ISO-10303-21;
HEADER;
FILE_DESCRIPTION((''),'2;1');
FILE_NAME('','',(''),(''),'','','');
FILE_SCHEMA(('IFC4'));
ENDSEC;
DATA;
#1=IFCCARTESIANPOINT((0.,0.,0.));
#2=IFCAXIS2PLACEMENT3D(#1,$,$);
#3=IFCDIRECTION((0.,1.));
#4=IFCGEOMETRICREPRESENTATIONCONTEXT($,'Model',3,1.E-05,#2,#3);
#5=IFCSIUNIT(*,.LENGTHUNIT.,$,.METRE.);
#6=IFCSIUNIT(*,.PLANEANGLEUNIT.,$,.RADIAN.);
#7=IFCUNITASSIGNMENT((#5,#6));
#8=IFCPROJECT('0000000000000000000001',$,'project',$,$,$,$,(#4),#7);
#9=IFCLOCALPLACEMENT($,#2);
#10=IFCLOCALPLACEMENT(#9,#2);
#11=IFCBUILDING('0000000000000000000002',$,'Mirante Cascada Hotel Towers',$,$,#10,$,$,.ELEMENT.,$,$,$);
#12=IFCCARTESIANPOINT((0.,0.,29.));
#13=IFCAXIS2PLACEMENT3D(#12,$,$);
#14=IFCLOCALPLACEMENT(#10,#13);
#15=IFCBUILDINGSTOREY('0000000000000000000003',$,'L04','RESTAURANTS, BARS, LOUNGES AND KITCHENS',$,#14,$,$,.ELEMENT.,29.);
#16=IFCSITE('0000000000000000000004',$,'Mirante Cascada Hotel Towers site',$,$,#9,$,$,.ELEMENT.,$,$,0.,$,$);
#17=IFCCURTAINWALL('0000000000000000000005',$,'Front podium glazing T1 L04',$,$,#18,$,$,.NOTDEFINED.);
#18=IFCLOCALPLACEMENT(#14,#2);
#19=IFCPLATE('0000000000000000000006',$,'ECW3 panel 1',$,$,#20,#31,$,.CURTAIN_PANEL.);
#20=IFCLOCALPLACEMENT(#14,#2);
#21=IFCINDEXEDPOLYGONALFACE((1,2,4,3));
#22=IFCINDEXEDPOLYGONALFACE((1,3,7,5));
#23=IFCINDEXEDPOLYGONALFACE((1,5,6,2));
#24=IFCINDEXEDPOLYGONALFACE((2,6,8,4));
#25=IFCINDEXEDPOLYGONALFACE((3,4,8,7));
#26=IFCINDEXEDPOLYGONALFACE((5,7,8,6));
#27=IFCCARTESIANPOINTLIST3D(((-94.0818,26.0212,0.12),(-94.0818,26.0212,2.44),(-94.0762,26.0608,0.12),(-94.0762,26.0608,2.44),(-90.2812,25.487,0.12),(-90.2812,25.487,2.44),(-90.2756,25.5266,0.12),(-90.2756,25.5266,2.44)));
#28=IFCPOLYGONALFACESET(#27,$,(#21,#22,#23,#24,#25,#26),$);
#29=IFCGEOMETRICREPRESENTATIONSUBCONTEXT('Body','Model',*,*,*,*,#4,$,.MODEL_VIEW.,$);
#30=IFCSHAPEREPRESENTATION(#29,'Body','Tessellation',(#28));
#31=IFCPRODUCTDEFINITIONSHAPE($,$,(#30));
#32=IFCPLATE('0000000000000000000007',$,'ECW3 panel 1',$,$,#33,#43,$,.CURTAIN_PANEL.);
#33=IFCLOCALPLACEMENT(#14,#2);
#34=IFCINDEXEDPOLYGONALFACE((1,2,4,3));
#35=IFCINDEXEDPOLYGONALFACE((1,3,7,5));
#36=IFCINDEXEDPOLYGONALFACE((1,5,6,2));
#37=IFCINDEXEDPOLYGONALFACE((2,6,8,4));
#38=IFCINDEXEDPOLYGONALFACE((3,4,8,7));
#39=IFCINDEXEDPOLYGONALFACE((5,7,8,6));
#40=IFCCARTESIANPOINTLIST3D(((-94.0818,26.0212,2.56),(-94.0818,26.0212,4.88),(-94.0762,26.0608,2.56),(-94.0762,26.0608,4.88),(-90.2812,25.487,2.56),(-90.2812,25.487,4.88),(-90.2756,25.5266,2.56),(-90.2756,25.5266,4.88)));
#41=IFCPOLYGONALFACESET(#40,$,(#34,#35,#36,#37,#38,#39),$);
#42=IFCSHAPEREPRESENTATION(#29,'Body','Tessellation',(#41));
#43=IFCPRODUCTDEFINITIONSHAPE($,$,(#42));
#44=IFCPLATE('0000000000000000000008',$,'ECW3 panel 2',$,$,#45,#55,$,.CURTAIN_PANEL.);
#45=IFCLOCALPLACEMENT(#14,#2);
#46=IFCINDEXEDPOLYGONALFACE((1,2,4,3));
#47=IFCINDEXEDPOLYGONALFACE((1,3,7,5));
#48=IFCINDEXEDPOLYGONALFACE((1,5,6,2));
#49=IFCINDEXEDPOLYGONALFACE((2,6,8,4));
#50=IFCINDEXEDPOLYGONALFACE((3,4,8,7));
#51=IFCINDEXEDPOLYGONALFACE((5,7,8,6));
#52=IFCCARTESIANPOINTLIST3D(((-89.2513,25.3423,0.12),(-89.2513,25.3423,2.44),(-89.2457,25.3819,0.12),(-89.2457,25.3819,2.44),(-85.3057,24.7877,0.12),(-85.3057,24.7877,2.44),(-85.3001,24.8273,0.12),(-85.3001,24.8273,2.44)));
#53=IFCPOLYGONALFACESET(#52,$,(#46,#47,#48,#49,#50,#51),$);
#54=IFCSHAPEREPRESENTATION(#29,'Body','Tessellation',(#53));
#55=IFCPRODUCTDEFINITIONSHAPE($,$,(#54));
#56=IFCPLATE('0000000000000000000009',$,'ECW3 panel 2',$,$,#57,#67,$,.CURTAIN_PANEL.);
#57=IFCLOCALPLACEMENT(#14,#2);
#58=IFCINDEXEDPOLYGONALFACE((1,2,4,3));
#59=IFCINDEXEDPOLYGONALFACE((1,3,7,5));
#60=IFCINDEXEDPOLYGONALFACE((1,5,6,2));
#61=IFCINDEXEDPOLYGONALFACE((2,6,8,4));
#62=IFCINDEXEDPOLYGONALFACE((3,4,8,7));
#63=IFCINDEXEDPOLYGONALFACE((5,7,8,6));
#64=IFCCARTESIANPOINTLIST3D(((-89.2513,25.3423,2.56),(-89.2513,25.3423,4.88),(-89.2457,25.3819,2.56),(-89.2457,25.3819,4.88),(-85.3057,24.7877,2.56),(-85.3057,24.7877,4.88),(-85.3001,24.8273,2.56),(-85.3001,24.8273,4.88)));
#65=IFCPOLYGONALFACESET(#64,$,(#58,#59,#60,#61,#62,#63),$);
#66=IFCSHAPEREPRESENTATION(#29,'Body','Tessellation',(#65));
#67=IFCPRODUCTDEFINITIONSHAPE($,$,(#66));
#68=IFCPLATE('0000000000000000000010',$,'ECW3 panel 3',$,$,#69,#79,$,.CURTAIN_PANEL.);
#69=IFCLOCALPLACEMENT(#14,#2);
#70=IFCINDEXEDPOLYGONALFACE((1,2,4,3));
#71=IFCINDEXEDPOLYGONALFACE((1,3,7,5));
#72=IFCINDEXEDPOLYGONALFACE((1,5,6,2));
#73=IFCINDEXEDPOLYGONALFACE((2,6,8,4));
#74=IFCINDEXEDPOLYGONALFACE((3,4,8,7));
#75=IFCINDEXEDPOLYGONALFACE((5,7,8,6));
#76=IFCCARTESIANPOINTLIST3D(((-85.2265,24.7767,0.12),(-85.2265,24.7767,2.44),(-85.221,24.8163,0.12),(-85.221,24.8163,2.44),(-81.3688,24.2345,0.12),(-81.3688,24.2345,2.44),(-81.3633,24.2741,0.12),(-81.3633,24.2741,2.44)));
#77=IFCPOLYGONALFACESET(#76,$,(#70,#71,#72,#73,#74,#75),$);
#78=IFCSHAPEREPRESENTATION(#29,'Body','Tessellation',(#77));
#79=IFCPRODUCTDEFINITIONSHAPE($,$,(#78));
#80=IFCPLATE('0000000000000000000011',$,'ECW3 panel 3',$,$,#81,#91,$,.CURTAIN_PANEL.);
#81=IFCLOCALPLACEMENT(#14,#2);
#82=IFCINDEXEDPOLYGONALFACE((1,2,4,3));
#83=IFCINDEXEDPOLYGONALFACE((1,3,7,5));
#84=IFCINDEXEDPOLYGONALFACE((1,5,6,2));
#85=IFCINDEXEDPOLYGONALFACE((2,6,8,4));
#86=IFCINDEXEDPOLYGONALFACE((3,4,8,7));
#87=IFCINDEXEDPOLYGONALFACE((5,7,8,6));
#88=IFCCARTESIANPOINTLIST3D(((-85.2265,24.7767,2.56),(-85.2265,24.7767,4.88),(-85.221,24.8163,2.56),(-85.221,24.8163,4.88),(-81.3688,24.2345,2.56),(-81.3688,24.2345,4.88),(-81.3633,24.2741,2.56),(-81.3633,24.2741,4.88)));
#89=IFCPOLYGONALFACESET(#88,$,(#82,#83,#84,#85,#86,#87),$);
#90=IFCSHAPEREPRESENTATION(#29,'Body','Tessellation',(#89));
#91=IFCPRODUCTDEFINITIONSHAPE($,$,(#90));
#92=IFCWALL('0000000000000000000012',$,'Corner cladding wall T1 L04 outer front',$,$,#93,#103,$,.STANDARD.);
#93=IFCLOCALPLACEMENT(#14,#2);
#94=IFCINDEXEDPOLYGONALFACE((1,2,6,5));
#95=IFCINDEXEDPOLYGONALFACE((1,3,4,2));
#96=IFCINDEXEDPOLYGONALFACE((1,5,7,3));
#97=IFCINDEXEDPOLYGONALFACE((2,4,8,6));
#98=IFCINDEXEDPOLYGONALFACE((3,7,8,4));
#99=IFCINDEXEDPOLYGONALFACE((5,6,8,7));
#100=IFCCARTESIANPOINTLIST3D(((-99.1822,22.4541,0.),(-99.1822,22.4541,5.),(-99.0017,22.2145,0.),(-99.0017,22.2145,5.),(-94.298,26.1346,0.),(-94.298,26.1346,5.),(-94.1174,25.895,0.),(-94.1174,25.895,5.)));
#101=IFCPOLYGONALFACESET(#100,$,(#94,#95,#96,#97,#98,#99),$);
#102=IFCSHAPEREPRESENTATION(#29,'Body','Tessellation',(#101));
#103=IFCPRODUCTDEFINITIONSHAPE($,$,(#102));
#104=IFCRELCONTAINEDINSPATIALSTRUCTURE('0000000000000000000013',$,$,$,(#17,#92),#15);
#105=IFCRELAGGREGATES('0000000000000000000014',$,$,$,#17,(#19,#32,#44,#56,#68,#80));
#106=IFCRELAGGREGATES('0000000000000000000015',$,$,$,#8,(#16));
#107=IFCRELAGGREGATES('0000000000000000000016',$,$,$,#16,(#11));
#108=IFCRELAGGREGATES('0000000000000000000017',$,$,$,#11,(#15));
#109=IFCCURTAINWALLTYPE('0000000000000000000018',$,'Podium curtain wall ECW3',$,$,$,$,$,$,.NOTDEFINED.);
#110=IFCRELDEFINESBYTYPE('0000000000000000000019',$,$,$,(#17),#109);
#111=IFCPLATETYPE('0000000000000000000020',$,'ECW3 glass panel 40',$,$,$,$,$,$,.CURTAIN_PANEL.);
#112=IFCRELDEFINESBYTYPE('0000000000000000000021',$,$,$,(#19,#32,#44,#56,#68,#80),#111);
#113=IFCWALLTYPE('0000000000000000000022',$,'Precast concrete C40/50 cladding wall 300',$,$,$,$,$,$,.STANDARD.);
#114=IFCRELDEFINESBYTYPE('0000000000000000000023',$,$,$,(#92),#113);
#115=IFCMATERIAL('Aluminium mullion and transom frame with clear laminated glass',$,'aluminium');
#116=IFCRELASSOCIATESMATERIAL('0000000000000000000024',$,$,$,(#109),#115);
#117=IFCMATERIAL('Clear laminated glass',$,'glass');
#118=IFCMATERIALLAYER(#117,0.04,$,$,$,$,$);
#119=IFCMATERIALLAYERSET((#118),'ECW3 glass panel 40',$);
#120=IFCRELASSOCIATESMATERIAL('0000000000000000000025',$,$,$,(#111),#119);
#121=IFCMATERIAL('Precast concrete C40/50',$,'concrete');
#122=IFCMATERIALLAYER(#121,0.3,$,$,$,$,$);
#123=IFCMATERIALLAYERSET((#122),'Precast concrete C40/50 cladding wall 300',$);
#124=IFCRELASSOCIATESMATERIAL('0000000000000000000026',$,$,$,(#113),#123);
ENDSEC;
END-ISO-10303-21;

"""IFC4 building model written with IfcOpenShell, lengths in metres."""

from ifc_helpers import new_model, si_unit, direction, frame, frame_2d, origin, origin_2d, place, context, subcontext, project, spatial, rectangle, extrude, material, layer, layer_set, type_object, element, aggregate, save


model = new_model("IFC4")

# Units and contexts
model_context = context("Model", 3, precision=1e-05, world=origin(), true_north=direction((0.0, 1.0)))
body_context = subcontext(model_context, "Body", "Model", "MODEL_VIEW")
ifc_project = project(units=[si_unit("LENGTHUNIT", "METRE"), si_unit("PLANEANGLEUNIT", "RADIAN")], contexts=[model_context])

# Site, building, storey
site_placement = place(None, origin())
site = spatial("IfcSite", under=ifc_project, at=site_placement, Name="Mirante Cascada Hotel Towers site", CompositionType="ELEMENT", RefElevation=0.0)
building_placement = place(site_placement, origin())
building = spatial("IfcBuilding", under=site, at=building_placement, Name="Mirante Cascada Hotel Towers", CompositionType="ELEMENT")
storey_placement = place(building_placement, frame((0.0, 0.0, 29.0)))
storey = spatial("IfcBuildingStorey", under=building, at=storey_placement, Name="L04", Description="RESTAURANTS, BARS, LOUNGES AND KITCHENS", CompositionType="ELEMENT", Elevation=29.0)

# Curtain wall
ifc_material_1 = material(Name="Aluminium mullion and transom frame with clear laminated glass", Category="aluminium")
curtain_wall_type = type_object("IfcCurtainWallType", Name="Podium curtain wall ECW3", PredefinedType="NOTDEFINED", material=ifc_material_1)
curtain_wall_1_placement = place(storey_placement, origin())
curtain_wall_1 = element("IfcCurtainWall", 1, at=curtain_wall_1_placement, inside=storey, type_object=curtain_wall_type, Name="Front podium glazing T1 L04", PredefinedType="NOTDEFINED")

# Plates
ifc_material_2 = material(Name="Clear laminated glass", Category="glass")
ifc_layer_1 = layer(ifc_material_2, 0.04)
ifc_layer_set_1 = layer_set([ifc_layer_1], Name="ECW3 glass panel 40")
plate_type = type_object("IfcPlateType", Name="ECW3 glass panel 40", PredefinedType="CURTAIN_PANEL", material=ifc_layer_set_1)
plate_1_placement = place(storey_placement, frame((-92.1787, 25.7739, 0.12), z_axis=(0.0, 0.0, 1.0), x_axis=(0.990268, -0.139173, 0.0)))
plate_1 = element("IfcPlate", 2, at=plate_1_placement, type_object=plate_type, Name="ECW3 panel 1", PredefinedType="CURTAIN_PANEL", context=body_context, shape_type="SweptSolid", body=[
    extrude(rectangle(XDim=3.8379, YDim=0.04, at=origin_2d()), origin(), (0.0, 0.0, 1.0), 2.32),
])
plate_2_placement = place(storey_placement, frame((-92.1787, 25.7739, 2.56), z_axis=(0.0, 0.0, 1.0), x_axis=(0.990268, -0.139173, 0.0)))
plate_2 = element("IfcPlate", 3, at=plate_2_placement, type_object=plate_type, Name="ECW3 panel 1", PredefinedType="CURTAIN_PANEL", context=body_context, shape_type="SweptSolid", body=[
    extrude(rectangle(XDim=3.8379, YDim=0.04, at=origin_2d()), origin(), (0.0, 0.0, 1.0), 2.32),
])
plate_3_placement = place(storey_placement, frame((-87.2757, 25.0848, 0.12), z_axis=(0.0, 0.0, 1.0), x_axis=(0.990268, -0.139173, 0.0)))
plate_3 = element("IfcPlate", 4, at=plate_3_placement, type_object=plate_type, Name="ECW3 panel 2", PredefinedType="CURTAIN_PANEL", context=body_context, shape_type="SweptSolid", body=[
    extrude(rectangle(XDim=3.9844, YDim=0.04, at=origin_2d()), origin(), (0.0, 0.0, 1.0), 2.32),
])
plate_4_placement = place(storey_placement, frame((-87.2757, 25.0848, 2.56), z_axis=(0.0, 0.0, 1.0), x_axis=(0.990268, -0.139173, 0.0)))
plate_4 = element("IfcPlate", 5, at=plate_4_placement, type_object=plate_type, Name="ECW3 panel 2", PredefinedType="CURTAIN_PANEL", context=body_context, shape_type="SweptSolid", body=[
    extrude(rectangle(XDim=3.9844, YDim=0.04, at=origin_2d()), origin(), (0.0, 0.0, 1.0), 2.32),
])
plate_5_placement = place(storey_placement, frame((-83.2949, 24.5254, 0.12), z_axis=(0.0, 0.0, 1.0), x_axis=(0.990268, -0.139173, 0.0)))
plate_5 = element("IfcPlate", 6, at=plate_5_placement, type_object=plate_type, Name="ECW3 panel 3", PredefinedType="CURTAIN_PANEL", context=body_context, shape_type="SweptSolid", body=[
    extrude(rectangle(XDim=3.8956, YDim=0.04, at=origin_2d()), origin(), (0.0, 0.0, 1.0), 2.32),
])
plate_6_placement = place(storey_placement, frame((-83.2949, 24.5254, 2.56), z_axis=(0.0, 0.0, 1.0), x_axis=(0.990268, -0.139173, 0.0)))
plate_6 = element("IfcPlate", 7, at=plate_6_placement, type_object=plate_type, Name="ECW3 panel 3", PredefinedType="CURTAIN_PANEL", context=body_context, shape_type="SweptSolid", body=[
    extrude(rectangle(XDim=3.8956, YDim=0.04, at=origin_2d()), origin(), (0.0, 0.0, 1.0), 2.32),
])
aggregate(curtain_wall_1, [plate_1, plate_2, plate_3, plate_4, plate_5, plate_6])

# Wall
ifc_material_3 = material(Name="Precast concrete C40/50", Category="concrete")
ifc_layer_2 = layer(ifc_material_3, 0.3)
ifc_layer_set_2 = layer_set([ifc_layer_2], Name="Precast concrete C40/50 cladding wall 300")
wall_type = type_object("IfcWallType", Name="Precast concrete C40/50 cladding wall 300", PredefinedType="STANDARD", material=ifc_layer_set_2)
wall_placement = place(storey_placement, frame((-99.0919, 22.3343, 0.0), z_axis=(0.0, 0.0, 1.0), x_axis=(0.798636, 0.601814, 0.0)))
element("IfcWall", 8, at=wall_placement, inside=storey, type_object=wall_type, Name="Corner cladding wall T1 L04 outer front", PredefinedType="STANDARD", context=body_context, shape_type="SweptSolid", body=[
    extrude(rectangle(XDim=6.1157, YDim=0.3, at=frame_2d((3.0578, 0.0))), origin(), (0.0, 0.0, 1.0), 5.0),
])

save(model, "model.ifc")
